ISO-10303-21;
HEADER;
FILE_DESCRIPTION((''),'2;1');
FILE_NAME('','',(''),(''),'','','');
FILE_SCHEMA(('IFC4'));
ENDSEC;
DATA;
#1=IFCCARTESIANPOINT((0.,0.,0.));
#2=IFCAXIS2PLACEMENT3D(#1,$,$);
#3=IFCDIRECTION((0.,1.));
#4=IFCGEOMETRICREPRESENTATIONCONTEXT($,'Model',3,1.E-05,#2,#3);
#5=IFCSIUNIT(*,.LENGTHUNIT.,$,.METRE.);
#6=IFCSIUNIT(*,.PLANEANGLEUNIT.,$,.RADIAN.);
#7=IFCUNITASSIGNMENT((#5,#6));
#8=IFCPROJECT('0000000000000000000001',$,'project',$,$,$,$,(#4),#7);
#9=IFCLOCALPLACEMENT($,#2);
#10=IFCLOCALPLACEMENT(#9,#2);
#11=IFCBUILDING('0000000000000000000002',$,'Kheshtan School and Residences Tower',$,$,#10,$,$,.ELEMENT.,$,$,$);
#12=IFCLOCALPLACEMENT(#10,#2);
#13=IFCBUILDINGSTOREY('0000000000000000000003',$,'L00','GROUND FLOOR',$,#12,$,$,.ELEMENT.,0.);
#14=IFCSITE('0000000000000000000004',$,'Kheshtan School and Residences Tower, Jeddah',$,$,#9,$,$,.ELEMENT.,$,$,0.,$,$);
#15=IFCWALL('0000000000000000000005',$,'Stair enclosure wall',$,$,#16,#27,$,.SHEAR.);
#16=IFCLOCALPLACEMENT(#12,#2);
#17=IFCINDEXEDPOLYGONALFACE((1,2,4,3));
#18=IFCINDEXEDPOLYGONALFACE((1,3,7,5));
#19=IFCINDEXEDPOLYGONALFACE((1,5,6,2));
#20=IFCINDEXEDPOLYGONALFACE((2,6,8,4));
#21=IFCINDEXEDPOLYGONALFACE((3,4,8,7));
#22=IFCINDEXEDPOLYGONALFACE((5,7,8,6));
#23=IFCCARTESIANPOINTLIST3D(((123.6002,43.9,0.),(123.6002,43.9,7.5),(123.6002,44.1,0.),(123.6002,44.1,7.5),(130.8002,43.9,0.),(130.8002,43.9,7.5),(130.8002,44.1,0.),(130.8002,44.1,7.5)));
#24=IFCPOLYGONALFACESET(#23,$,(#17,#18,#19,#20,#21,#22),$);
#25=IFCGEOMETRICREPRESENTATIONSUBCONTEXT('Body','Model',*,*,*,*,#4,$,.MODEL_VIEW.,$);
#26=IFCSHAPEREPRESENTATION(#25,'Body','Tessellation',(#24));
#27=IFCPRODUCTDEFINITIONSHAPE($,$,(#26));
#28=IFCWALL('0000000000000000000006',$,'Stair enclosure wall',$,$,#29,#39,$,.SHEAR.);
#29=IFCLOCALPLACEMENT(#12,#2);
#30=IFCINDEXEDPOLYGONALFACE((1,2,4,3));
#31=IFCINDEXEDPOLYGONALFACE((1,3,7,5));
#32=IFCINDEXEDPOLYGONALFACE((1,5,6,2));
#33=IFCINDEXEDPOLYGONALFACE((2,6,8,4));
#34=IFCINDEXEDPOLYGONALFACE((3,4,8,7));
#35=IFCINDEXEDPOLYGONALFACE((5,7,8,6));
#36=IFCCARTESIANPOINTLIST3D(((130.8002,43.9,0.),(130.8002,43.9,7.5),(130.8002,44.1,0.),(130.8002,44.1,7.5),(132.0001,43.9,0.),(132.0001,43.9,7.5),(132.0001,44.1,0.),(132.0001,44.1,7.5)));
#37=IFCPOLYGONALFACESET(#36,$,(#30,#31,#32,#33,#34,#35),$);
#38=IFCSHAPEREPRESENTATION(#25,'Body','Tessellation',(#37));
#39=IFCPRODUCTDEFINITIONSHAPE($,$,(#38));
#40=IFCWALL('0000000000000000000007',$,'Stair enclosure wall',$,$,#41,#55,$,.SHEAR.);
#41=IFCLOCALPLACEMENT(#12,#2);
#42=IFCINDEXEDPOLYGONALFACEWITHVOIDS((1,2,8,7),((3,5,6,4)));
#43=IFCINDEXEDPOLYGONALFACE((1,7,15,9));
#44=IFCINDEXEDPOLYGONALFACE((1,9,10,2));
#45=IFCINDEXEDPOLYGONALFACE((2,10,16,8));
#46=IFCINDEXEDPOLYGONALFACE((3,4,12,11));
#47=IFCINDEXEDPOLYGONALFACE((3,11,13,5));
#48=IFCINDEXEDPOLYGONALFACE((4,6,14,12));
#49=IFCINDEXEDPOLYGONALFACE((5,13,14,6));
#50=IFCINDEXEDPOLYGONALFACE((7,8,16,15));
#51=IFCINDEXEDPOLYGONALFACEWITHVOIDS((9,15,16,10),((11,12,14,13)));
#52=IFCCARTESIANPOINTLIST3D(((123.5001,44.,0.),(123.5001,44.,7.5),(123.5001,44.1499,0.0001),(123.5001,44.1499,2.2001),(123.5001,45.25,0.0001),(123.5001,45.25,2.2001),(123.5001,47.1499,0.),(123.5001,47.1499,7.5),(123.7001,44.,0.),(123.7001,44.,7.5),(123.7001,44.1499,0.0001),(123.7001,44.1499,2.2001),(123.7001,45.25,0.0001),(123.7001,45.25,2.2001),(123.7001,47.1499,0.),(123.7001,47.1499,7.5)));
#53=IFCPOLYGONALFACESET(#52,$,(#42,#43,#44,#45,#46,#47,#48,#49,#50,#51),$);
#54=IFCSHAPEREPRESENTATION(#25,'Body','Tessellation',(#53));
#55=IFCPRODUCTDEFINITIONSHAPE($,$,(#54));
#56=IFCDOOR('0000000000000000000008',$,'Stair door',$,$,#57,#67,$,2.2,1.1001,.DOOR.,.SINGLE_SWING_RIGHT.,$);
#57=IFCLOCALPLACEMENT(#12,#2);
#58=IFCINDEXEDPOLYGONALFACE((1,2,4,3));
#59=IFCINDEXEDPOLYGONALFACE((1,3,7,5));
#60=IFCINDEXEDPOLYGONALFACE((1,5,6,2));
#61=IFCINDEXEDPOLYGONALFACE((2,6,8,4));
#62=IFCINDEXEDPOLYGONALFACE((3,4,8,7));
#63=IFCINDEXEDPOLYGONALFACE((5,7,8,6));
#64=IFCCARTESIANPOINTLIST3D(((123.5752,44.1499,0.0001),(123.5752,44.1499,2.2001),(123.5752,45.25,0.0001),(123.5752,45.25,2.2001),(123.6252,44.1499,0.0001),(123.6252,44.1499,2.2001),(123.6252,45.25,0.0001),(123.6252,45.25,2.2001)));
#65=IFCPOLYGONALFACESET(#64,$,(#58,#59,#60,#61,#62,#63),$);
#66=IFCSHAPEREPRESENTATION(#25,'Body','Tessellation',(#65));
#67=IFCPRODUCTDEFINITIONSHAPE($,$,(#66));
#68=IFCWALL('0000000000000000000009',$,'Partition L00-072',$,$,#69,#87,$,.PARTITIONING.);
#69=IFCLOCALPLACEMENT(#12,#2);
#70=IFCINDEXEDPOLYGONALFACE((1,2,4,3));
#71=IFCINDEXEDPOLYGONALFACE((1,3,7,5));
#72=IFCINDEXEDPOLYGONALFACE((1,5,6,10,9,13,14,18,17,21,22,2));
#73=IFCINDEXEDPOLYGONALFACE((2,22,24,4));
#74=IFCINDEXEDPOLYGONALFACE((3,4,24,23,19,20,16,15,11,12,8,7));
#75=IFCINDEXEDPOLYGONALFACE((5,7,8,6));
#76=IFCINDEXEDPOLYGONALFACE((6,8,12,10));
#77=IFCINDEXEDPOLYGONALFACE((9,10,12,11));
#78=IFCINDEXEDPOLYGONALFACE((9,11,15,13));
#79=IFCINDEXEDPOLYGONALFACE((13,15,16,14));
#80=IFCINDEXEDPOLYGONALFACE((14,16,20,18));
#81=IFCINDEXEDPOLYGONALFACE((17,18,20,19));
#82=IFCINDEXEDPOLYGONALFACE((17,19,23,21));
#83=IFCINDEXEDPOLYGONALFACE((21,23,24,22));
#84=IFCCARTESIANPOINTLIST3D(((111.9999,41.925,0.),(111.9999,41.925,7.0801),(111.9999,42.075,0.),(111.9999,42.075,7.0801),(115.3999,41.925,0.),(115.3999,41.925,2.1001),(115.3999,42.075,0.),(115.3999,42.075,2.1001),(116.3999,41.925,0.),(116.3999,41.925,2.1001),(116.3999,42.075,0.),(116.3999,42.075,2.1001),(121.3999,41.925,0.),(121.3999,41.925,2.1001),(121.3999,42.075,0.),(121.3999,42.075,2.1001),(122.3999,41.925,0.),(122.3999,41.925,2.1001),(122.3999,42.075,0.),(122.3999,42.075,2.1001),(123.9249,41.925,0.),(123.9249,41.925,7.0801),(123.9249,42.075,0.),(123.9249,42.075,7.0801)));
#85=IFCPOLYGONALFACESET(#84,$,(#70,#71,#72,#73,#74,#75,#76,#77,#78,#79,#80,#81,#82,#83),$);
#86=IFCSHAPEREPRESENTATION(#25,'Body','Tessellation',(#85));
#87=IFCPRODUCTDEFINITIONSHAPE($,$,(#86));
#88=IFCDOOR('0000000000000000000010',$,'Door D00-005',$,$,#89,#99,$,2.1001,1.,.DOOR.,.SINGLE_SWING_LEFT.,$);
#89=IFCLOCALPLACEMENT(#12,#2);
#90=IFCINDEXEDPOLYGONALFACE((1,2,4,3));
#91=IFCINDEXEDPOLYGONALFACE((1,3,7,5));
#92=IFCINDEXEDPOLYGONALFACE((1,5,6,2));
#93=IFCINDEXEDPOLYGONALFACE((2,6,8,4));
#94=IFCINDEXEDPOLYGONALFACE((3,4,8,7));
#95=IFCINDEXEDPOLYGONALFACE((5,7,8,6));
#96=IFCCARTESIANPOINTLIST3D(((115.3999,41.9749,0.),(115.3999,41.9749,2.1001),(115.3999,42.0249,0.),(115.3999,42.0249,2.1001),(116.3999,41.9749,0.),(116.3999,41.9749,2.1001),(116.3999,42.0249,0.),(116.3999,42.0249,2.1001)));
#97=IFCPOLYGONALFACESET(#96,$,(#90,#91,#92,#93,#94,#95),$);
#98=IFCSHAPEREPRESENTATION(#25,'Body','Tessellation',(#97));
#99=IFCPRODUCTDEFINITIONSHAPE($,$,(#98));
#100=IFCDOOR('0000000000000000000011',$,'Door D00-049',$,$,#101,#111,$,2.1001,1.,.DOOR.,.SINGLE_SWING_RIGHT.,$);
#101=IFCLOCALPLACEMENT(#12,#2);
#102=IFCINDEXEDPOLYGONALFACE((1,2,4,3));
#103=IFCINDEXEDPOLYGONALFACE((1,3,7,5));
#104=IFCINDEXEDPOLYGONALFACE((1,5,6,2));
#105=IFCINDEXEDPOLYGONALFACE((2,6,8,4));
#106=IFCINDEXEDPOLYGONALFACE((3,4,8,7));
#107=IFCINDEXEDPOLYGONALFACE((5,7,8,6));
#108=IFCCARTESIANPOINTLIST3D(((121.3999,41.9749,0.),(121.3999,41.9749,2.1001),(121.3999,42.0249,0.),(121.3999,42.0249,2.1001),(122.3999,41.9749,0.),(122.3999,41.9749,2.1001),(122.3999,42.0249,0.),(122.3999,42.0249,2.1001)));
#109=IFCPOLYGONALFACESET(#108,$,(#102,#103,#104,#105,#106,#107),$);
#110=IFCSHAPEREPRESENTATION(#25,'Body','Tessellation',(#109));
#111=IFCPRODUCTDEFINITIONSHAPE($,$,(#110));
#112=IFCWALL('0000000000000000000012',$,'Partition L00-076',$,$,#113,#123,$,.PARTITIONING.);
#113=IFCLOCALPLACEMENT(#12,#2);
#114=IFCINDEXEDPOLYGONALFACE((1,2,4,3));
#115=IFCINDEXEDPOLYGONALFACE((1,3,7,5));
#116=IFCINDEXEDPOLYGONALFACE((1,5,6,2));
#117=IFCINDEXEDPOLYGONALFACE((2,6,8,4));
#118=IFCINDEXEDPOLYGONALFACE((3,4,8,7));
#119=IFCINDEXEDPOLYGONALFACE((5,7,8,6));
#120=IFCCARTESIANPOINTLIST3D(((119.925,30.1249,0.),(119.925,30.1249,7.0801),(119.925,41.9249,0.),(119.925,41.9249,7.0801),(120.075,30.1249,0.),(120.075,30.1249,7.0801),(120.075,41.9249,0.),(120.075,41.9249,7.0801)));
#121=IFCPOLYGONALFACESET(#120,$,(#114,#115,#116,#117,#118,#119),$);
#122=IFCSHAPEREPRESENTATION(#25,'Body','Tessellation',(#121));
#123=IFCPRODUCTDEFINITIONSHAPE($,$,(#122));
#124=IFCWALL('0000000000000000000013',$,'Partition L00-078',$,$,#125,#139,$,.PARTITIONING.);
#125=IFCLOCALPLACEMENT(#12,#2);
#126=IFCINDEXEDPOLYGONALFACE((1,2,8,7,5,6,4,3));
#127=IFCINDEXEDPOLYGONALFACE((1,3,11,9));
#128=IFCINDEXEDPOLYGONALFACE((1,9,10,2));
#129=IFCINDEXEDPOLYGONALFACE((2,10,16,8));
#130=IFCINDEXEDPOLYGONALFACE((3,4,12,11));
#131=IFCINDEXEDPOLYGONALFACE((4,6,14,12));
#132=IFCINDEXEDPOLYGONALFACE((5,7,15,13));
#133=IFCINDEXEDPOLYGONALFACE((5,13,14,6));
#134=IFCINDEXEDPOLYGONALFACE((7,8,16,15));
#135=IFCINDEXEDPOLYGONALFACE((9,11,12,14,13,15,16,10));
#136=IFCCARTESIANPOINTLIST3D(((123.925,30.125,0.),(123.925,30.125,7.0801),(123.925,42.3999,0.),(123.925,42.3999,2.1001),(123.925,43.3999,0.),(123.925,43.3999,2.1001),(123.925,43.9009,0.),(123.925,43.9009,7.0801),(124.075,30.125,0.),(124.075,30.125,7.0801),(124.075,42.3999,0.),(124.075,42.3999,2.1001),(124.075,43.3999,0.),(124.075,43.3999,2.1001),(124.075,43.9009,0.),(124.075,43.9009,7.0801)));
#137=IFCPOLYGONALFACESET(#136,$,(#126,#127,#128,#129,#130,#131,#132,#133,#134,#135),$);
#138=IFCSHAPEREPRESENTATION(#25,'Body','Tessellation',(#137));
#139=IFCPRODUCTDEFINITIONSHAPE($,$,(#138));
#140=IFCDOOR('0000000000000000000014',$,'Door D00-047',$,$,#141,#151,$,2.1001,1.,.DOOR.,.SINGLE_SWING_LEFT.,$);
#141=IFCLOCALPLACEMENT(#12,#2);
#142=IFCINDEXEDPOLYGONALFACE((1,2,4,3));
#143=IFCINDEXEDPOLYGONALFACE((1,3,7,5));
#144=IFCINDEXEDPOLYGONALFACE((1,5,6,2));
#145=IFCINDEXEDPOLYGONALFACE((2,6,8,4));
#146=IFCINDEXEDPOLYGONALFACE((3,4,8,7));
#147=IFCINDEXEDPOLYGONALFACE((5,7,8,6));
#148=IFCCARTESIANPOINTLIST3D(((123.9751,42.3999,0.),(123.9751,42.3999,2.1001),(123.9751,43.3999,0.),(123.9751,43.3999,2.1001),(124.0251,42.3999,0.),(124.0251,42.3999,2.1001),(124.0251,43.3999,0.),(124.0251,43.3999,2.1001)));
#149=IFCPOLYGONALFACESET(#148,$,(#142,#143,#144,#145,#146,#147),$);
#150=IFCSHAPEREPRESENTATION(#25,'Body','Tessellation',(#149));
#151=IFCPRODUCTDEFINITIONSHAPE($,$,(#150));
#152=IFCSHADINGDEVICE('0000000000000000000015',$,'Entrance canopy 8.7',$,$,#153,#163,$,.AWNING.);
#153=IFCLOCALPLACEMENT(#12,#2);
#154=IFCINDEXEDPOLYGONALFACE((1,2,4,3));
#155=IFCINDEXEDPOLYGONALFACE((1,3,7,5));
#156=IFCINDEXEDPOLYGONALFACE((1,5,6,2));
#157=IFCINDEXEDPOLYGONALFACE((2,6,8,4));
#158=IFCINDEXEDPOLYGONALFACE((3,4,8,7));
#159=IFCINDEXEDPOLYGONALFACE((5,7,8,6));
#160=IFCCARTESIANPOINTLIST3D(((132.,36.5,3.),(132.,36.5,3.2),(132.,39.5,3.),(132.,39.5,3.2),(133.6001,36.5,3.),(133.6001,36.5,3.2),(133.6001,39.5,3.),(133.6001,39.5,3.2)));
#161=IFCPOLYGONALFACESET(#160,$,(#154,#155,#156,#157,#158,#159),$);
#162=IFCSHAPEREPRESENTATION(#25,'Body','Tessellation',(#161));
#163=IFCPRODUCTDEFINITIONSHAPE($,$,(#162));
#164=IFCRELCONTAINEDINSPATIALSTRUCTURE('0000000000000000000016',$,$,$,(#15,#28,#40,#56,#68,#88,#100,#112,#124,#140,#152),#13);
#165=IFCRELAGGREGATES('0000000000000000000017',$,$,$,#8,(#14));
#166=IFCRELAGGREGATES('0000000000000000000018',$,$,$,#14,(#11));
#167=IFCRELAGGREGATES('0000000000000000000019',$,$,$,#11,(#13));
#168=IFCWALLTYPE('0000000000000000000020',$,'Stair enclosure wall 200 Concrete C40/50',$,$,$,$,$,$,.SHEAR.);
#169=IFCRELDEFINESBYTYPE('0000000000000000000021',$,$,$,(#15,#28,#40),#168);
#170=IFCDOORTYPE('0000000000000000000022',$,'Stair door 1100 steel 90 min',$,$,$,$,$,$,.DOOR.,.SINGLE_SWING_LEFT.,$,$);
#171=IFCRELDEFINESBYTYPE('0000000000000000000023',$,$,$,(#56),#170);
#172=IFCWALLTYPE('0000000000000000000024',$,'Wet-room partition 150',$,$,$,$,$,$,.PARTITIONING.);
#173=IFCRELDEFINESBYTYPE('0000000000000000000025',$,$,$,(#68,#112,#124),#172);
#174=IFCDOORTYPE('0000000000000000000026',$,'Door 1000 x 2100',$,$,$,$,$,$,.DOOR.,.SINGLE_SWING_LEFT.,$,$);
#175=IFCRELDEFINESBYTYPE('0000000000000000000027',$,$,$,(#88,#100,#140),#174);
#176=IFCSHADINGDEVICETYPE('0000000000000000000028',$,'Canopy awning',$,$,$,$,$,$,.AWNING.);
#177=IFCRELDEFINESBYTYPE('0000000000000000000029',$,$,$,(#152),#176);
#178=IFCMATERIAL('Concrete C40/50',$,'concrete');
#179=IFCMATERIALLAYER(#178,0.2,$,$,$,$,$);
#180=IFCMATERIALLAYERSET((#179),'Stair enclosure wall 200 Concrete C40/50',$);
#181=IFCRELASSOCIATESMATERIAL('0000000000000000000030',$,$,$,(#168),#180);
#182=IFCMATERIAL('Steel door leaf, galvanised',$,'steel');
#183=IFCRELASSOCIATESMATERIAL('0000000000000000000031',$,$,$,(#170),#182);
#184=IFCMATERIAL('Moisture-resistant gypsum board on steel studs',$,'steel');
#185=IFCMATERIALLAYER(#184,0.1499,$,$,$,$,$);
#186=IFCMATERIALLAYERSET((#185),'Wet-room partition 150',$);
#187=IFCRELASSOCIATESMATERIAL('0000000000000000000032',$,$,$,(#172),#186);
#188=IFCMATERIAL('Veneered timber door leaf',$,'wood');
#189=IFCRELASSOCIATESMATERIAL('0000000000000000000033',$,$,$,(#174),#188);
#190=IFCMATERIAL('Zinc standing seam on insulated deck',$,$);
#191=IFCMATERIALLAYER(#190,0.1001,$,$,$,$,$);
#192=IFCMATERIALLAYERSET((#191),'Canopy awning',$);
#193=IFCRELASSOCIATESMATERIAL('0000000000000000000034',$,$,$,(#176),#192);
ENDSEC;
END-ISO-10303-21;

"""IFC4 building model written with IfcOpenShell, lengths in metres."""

from ifc_helpers import new_model, si_unit, direction, frame, frame_2d, origin, origin_2d, place, context, subcontext, project, spatial, rectangle, extrude, source, transform, mapped, material, layer, layer_set, type_object, element, fill, save


model = new_model("IFC4")

# Units and contexts
model_context = context("Model", 3, precision=1e-05, world=origin(), true_north=direction((0.0, 1.0)))
body_context = subcontext(model_context, "Body", "Model", "MODEL_VIEW")
ifc_project = project(units=[si_unit("LENGTHUNIT", "METRE"), si_unit("PLANEANGLEUNIT", "RADIAN")], contexts=[model_context])

# Site, building, storey
site_placement = place(None, origin())
site = spatial("IfcSite", under=ifc_project, at=site_placement, Name="Kheshtan School and Residences Tower, Jeddah", CompositionType="ELEMENT", RefElevation=0.0)
building_placement = place(site_placement, origin())
building = spatial("IfcBuilding", under=site, at=building_placement, Name="Kheshtan School and Residences Tower", CompositionType="ELEMENT")
storey_placement = place(building_placement, origin())
storey = spatial("IfcBuildingStorey", under=building, at=storey_placement, Name="L00", Description="GROUND FLOOR", CompositionType="ELEMENT", Elevation=0.0)

# Walls
ifc_material_1 = material(Name="Concrete C40/50", Category="concrete")
ifc_layer_1 = layer(ifc_material_1, 0.2)
ifc_layer_set_1 = layer_set([ifc_layer_1], Name="Stair enclosure wall 200 Concrete C40/50")
wall_type_1 = type_object("IfcWallType", Name="Stair enclosure wall 200 Concrete C40/50", PredefinedType="SHEAR", material=ifc_layer_set_1)
wall_1_placement = place(storey_placement, frame((123.6001, 44.0, 0.0), z_axis=(0.0, 0.0, 1.0), x_axis=(1.0, 0.0, 0.0)))
element("IfcWall", 1, at=wall_1_placement, inside=storey, type_object=wall_type_1, Name="Stair enclosure wall", PredefinedType="SHEAR", context=body_context, shape_type="SweptSolid", body=[
    extrude(rectangle(XDim=7.2, YDim=0.2, at=frame_2d((3.6001, 0.0))), origin(), (0.0, 0.0, 1.0), 7.5),
])
wall_2_placement = place(storey_placement, frame((130.8, 44.0, 0.0), z_axis=(0.0, 0.0, 1.0), x_axis=(1.0, 0.0, 0.0)))
element("IfcWall", 2, at=wall_2_placement, inside=storey, type_object=wall_type_1, Name="Stair enclosure wall", PredefinedType="SHEAR", context=body_context, shape_type="SweptSolid", body=[
    extrude(rectangle(XDim=1.2, YDim=0.2, at=frame_2d((0.6001, 0.0))), origin(), (0.0, 0.0, 1.0), 7.5),
])

# Wall, opening, door
wall_3_placement = place(storey_placement, frame((123.6001, 44.0, 0.0), z_axis=(0.0, 0.0, 1.0), x_axis=(0.0, 1.0, 0.0)))
wall_3 = element("IfcWall", 3, at=wall_3_placement, inside=storey, type_object=wall_type_1, Name="Stair enclosure wall", PredefinedType="SHEAR", context=body_context, shape_type="SweptSolid", body=[
    extrude(rectangle(XDim=3.1499, YDim=0.2, at=frame_2d((1.575, 0.0))), origin(), (0.0, 0.0, 1.0), 7.5),
])
opening_1_placement = place(wall_3_placement, frame((0.1499, 0.0, 0.0)))
opening_1 = element("IfcOpeningElement", 4, at=opening_1_placement, cuts=wall_3, PredefinedType="OPENING", context=body_context, shape_type="SweptSolid", body=[
    extrude(rectangle(XDim=1.1001, YDim=2.2, at=frame_2d((0.55, 1.1001))), frame((0.0, 0.1099, 0.0), z_axis=(0.0, -1.0, 0.0), x_axis=(1.0, 0.0, 0.0)), (0.0, 0.0, 1.0), 0.22),
])
ifc_material_2 = material(Name="Steel door leaf, galvanised", Category="steel")
door_type_1 = type_object("IfcDoorType", Name="Stair door 1100 steel 90 min", OperationType="SINGLE_SWING_LEFT", PredefinedType="DOOR", material=ifc_material_2)
shared_shape_1 = source(origin(), body_context, "Body", "SweptSolid", [
    extrude(rectangle(XDim=1.1001, YDim=2.2, at=frame_2d((0.55, 1.1001))), frame((0.0, 0.0249, 0.0), z_axis=(0.0, -1.0, 0.0), x_axis=(1.0, 0.0, 0.0)), (0.0, 0.0, 1.0), 0.05),
])
door_1_placement = place(opening_1_placement, origin())
door_1 = element("IfcDoor", 5, at=door_1_placement, inside=storey, type_object=door_type_1, Name="Stair door", OperationType="SINGLE_SWING_RIGHT", OverallHeight=2.2, OverallWidth=1.1001, PredefinedType="DOOR", context=body_context, shape_type="MappedRepresentation", body=[
    mapped(shared_shape_1, transform((0.0, 0.0, 0.0), x_axis=(1.0, 0.0, 0.0), y_axis=(0.0, 1.0, 0.0), z_axis=(0.0, 0.0, 1.0), scale=1.0)),
])
fill(opening_1, door_1)

# Wall, openings, doors
ifc_material_3 = material(Name="Moisture-resistant gypsum board on steel studs", Category="steel")
ifc_layer_2 = layer(ifc_material_3, 0.1499)
ifc_layer_set_2 = layer_set([ifc_layer_2], Name="Wet-room partition 150")
wall_type_2 = type_object("IfcWallType", Name="Wet-room partition 150", PredefinedType="PARTITIONING", material=ifc_layer_set_2)
wall_4_placement = place(storey_placement, frame((112.0, 42.0, 0.0), z_axis=(0.0, 0.0, 1.0), x_axis=(1.0, 0.0, 0.0)))
wall_4 = element("IfcWall", 6, at=wall_4_placement, inside=storey, type_object=wall_type_2, Name="Partition L00-072", PredefinedType="PARTITIONING", context=body_context, shape_type="SweptSolid", body=[
    extrude(rectangle(XDim=11.925, YDim=0.1499, at=frame_2d((5.9624, 0.0))), origin(), (0.0, 0.0, 1.0), 7.0801),
])
opening_2_placement = place(wall_4_placement, frame((3.3999, 0.0, 0.0)))
opening_2 = element("IfcOpeningElement", 7, at=opening_2_placement, cuts=wall_4, PredefinedType="OPENING", context=body_context, shape_type="SweptSolid", body=[
    extrude(rectangle(XDim=1.0, YDim=2.1001, at=frame_2d((0.5, 1.05))), frame((0.0, 0.085, 0.0), z_axis=(0.0, -1.0, 0.0), x_axis=(1.0, 0.0, 0.0)), (0.0, 0.0, 1.0), 0.1699),
])
opening_3_placement = place(wall_4_placement, frame((9.3999, 0.0, 0.0)))
opening_3 = element("IfcOpeningElement", 8, at=opening_3_placement, cuts=wall_4, PredefinedType="OPENING", context=body_context, shape_type="SweptSolid", body=[
    extrude(rectangle(XDim=1.0, YDim=2.1001, at=frame_2d((0.5, 1.05))), frame((0.0, 0.085, 0.0), z_axis=(0.0, -1.0, 0.0), x_axis=(1.0, 0.0, 0.0)), (0.0, 0.0, 1.0), 0.1699),
])
ifc_material_4 = material(Name="Veneered timber door leaf", Category="wood")
door_type_2 = type_object("IfcDoorType", Name="Door 1000 x 2100", OperationType="SINGLE_SWING_LEFT", PredefinedType="DOOR", material=ifc_material_4)
shared_shape_2 = source(origin(), body_context, "Body", "SweptSolid", [
    extrude(rectangle(XDim=1.0, YDim=2.1001, at=frame_2d((0.5, 1.05))), frame((0.0, 0.0249, 0.0), z_axis=(0.0, -1.0, 0.0), x_axis=(1.0, 0.0, 0.0)), (0.0, 0.0, 1.0), 0.05),
])
door_2_placement = place(opening_2_placement, origin())
door_2 = element("IfcDoor", 9, at=door_2_placement, inside=storey, type_object=door_type_2, Name="Door D00-005", OperationType="SINGLE_SWING_LEFT", OverallHeight=2.1001, OverallWidth=1.0, PredefinedType="DOOR", context=body_context, shape_type="MappedRepresentation", body=[
    mapped(shared_shape_2, transform((0.0, 0.0, 0.0), x_axis=(1.0, 0.0, 0.0), y_axis=(0.0, 1.0, 0.0), z_axis=(0.0, 0.0, 1.0), scale=1.0)),
])
fill(opening_2, door_2)
door_3_placement = place(opening_3_placement, origin())
door_3 = element("IfcDoor", 10, at=door_3_placement, inside=storey, type_object=door_type_2, Name="Door D00-049", OperationType="SINGLE_SWING_RIGHT", OverallHeight=2.1001, OverallWidth=1.0, PredefinedType="DOOR", context=body_context, shape_type="MappedRepresentation", body=[
    mapped(shared_shape_2, transform((0.0, 0.0, 0.0), x_axis=(1.0, 0.0, 0.0), y_axis=(0.0, 1.0, 0.0), z_axis=(0.0, 0.0, 1.0), scale=1.0)),
])
fill(opening_3, door_3)

# Wall
wall_5_placement = place(storey_placement, frame((120.0, 30.125, 0.0), z_axis=(0.0, 0.0, 1.0), x_axis=(0.0, 1.0, 0.0)))
element("IfcWall", 11, at=wall_5_placement, inside=storey, type_object=wall_type_2, Name="Partition L00-076", PredefinedType="PARTITIONING", context=body_context, shape_type="SweptSolid", body=[
    extrude(rectangle(XDim=11.8, YDim=0.1499, at=frame_2d((5.8999, 0.0))), origin(), (0.0, 0.0, 1.0), 7.0801),
])

# Wall, opening, door
wall_6_placement = place(storey_placement, frame((124.0, 30.125, 0.0), z_axis=(0.0, 0.0, 1.0), x_axis=(0.0, 1.0, 0.0)))
wall_6 = element("IfcWall", 12, at=wall_6_placement, inside=storey, type_object=wall_type_2, Name="Partition L00-078", PredefinedType="PARTITIONING", context=body_context, shape_type="SweptSolid", body=[
    extrude(rectangle(XDim=13.7759, YDim=0.1499, at=frame_2d((6.8879, 0.0))), origin(), (0.0, 0.0, 1.0), 7.0801),
])
opening_4_placement = place(wall_6_placement, frame((12.2749, 0.0, 0.0)))
opening_4 = element("IfcOpeningElement", 13, at=opening_4_placement, cuts=wall_6, PredefinedType="OPENING", context=body_context, shape_type="SweptSolid", body=[
    extrude(rectangle(XDim=1.0, YDim=2.1001, at=frame_2d((0.5, 1.05))), frame((0.0, 0.085, 0.0), z_axis=(0.0, -1.0, 0.0), x_axis=(1.0, 0.0, 0.0)), (0.0, 0.0, 1.0), 0.1699),
])
door_4_placement = place(opening_4_placement, origin())
door_4 = element("IfcDoor", 14, at=door_4_placement, inside=storey, type_object=door_type_2, Name="Door D00-047", OperationType="SINGLE_SWING_LEFT", OverallHeight=2.1001, OverallWidth=1.0, PredefinedType="DOOR", context=body_context, shape_type="MappedRepresentation", body=[
    mapped(shared_shape_2, transform((0.0, 0.0, 0.0), x_axis=(1.0, 0.0, 0.0), y_axis=(0.0, 1.0, 0.0), z_axis=(0.0, 0.0, 1.0), scale=1.0)),
])
fill(opening_4, door_4)

# Shading device
ifc_material_5 = material(Name="Zinc standing seam on insulated deck")
ifc_layer_3 = layer(ifc_material_5, 0.1001)
ifc_layer_set_3 = layer_set([ifc_layer_3], Name="Canopy awning")
shading_device_type = type_object("IfcShadingDeviceType", Name="Canopy awning", PredefinedType="AWNING", material=ifc_layer_set_3)
shading_device_placement = place(storey_placement, frame((132.8, 38.0, 3.0), z_axis=(0.0, 0.0, 1.0), x_axis=(0.0, -1.0, 0.0)))
element("IfcShadingDevice", 15, at=shading_device_placement, inside=storey, type_object=shading_device_type, Name="Entrance canopy 8.7", PredefinedType="AWNING", context=body_context, shape_type="SweptSolid", body=[
    extrude(rectangle(XDim=3.0, YDim=1.6001, at=origin_2d()), origin(), (0.0, 0.0, 1.0), 0.2),
])

save(model, "model.ifc")
